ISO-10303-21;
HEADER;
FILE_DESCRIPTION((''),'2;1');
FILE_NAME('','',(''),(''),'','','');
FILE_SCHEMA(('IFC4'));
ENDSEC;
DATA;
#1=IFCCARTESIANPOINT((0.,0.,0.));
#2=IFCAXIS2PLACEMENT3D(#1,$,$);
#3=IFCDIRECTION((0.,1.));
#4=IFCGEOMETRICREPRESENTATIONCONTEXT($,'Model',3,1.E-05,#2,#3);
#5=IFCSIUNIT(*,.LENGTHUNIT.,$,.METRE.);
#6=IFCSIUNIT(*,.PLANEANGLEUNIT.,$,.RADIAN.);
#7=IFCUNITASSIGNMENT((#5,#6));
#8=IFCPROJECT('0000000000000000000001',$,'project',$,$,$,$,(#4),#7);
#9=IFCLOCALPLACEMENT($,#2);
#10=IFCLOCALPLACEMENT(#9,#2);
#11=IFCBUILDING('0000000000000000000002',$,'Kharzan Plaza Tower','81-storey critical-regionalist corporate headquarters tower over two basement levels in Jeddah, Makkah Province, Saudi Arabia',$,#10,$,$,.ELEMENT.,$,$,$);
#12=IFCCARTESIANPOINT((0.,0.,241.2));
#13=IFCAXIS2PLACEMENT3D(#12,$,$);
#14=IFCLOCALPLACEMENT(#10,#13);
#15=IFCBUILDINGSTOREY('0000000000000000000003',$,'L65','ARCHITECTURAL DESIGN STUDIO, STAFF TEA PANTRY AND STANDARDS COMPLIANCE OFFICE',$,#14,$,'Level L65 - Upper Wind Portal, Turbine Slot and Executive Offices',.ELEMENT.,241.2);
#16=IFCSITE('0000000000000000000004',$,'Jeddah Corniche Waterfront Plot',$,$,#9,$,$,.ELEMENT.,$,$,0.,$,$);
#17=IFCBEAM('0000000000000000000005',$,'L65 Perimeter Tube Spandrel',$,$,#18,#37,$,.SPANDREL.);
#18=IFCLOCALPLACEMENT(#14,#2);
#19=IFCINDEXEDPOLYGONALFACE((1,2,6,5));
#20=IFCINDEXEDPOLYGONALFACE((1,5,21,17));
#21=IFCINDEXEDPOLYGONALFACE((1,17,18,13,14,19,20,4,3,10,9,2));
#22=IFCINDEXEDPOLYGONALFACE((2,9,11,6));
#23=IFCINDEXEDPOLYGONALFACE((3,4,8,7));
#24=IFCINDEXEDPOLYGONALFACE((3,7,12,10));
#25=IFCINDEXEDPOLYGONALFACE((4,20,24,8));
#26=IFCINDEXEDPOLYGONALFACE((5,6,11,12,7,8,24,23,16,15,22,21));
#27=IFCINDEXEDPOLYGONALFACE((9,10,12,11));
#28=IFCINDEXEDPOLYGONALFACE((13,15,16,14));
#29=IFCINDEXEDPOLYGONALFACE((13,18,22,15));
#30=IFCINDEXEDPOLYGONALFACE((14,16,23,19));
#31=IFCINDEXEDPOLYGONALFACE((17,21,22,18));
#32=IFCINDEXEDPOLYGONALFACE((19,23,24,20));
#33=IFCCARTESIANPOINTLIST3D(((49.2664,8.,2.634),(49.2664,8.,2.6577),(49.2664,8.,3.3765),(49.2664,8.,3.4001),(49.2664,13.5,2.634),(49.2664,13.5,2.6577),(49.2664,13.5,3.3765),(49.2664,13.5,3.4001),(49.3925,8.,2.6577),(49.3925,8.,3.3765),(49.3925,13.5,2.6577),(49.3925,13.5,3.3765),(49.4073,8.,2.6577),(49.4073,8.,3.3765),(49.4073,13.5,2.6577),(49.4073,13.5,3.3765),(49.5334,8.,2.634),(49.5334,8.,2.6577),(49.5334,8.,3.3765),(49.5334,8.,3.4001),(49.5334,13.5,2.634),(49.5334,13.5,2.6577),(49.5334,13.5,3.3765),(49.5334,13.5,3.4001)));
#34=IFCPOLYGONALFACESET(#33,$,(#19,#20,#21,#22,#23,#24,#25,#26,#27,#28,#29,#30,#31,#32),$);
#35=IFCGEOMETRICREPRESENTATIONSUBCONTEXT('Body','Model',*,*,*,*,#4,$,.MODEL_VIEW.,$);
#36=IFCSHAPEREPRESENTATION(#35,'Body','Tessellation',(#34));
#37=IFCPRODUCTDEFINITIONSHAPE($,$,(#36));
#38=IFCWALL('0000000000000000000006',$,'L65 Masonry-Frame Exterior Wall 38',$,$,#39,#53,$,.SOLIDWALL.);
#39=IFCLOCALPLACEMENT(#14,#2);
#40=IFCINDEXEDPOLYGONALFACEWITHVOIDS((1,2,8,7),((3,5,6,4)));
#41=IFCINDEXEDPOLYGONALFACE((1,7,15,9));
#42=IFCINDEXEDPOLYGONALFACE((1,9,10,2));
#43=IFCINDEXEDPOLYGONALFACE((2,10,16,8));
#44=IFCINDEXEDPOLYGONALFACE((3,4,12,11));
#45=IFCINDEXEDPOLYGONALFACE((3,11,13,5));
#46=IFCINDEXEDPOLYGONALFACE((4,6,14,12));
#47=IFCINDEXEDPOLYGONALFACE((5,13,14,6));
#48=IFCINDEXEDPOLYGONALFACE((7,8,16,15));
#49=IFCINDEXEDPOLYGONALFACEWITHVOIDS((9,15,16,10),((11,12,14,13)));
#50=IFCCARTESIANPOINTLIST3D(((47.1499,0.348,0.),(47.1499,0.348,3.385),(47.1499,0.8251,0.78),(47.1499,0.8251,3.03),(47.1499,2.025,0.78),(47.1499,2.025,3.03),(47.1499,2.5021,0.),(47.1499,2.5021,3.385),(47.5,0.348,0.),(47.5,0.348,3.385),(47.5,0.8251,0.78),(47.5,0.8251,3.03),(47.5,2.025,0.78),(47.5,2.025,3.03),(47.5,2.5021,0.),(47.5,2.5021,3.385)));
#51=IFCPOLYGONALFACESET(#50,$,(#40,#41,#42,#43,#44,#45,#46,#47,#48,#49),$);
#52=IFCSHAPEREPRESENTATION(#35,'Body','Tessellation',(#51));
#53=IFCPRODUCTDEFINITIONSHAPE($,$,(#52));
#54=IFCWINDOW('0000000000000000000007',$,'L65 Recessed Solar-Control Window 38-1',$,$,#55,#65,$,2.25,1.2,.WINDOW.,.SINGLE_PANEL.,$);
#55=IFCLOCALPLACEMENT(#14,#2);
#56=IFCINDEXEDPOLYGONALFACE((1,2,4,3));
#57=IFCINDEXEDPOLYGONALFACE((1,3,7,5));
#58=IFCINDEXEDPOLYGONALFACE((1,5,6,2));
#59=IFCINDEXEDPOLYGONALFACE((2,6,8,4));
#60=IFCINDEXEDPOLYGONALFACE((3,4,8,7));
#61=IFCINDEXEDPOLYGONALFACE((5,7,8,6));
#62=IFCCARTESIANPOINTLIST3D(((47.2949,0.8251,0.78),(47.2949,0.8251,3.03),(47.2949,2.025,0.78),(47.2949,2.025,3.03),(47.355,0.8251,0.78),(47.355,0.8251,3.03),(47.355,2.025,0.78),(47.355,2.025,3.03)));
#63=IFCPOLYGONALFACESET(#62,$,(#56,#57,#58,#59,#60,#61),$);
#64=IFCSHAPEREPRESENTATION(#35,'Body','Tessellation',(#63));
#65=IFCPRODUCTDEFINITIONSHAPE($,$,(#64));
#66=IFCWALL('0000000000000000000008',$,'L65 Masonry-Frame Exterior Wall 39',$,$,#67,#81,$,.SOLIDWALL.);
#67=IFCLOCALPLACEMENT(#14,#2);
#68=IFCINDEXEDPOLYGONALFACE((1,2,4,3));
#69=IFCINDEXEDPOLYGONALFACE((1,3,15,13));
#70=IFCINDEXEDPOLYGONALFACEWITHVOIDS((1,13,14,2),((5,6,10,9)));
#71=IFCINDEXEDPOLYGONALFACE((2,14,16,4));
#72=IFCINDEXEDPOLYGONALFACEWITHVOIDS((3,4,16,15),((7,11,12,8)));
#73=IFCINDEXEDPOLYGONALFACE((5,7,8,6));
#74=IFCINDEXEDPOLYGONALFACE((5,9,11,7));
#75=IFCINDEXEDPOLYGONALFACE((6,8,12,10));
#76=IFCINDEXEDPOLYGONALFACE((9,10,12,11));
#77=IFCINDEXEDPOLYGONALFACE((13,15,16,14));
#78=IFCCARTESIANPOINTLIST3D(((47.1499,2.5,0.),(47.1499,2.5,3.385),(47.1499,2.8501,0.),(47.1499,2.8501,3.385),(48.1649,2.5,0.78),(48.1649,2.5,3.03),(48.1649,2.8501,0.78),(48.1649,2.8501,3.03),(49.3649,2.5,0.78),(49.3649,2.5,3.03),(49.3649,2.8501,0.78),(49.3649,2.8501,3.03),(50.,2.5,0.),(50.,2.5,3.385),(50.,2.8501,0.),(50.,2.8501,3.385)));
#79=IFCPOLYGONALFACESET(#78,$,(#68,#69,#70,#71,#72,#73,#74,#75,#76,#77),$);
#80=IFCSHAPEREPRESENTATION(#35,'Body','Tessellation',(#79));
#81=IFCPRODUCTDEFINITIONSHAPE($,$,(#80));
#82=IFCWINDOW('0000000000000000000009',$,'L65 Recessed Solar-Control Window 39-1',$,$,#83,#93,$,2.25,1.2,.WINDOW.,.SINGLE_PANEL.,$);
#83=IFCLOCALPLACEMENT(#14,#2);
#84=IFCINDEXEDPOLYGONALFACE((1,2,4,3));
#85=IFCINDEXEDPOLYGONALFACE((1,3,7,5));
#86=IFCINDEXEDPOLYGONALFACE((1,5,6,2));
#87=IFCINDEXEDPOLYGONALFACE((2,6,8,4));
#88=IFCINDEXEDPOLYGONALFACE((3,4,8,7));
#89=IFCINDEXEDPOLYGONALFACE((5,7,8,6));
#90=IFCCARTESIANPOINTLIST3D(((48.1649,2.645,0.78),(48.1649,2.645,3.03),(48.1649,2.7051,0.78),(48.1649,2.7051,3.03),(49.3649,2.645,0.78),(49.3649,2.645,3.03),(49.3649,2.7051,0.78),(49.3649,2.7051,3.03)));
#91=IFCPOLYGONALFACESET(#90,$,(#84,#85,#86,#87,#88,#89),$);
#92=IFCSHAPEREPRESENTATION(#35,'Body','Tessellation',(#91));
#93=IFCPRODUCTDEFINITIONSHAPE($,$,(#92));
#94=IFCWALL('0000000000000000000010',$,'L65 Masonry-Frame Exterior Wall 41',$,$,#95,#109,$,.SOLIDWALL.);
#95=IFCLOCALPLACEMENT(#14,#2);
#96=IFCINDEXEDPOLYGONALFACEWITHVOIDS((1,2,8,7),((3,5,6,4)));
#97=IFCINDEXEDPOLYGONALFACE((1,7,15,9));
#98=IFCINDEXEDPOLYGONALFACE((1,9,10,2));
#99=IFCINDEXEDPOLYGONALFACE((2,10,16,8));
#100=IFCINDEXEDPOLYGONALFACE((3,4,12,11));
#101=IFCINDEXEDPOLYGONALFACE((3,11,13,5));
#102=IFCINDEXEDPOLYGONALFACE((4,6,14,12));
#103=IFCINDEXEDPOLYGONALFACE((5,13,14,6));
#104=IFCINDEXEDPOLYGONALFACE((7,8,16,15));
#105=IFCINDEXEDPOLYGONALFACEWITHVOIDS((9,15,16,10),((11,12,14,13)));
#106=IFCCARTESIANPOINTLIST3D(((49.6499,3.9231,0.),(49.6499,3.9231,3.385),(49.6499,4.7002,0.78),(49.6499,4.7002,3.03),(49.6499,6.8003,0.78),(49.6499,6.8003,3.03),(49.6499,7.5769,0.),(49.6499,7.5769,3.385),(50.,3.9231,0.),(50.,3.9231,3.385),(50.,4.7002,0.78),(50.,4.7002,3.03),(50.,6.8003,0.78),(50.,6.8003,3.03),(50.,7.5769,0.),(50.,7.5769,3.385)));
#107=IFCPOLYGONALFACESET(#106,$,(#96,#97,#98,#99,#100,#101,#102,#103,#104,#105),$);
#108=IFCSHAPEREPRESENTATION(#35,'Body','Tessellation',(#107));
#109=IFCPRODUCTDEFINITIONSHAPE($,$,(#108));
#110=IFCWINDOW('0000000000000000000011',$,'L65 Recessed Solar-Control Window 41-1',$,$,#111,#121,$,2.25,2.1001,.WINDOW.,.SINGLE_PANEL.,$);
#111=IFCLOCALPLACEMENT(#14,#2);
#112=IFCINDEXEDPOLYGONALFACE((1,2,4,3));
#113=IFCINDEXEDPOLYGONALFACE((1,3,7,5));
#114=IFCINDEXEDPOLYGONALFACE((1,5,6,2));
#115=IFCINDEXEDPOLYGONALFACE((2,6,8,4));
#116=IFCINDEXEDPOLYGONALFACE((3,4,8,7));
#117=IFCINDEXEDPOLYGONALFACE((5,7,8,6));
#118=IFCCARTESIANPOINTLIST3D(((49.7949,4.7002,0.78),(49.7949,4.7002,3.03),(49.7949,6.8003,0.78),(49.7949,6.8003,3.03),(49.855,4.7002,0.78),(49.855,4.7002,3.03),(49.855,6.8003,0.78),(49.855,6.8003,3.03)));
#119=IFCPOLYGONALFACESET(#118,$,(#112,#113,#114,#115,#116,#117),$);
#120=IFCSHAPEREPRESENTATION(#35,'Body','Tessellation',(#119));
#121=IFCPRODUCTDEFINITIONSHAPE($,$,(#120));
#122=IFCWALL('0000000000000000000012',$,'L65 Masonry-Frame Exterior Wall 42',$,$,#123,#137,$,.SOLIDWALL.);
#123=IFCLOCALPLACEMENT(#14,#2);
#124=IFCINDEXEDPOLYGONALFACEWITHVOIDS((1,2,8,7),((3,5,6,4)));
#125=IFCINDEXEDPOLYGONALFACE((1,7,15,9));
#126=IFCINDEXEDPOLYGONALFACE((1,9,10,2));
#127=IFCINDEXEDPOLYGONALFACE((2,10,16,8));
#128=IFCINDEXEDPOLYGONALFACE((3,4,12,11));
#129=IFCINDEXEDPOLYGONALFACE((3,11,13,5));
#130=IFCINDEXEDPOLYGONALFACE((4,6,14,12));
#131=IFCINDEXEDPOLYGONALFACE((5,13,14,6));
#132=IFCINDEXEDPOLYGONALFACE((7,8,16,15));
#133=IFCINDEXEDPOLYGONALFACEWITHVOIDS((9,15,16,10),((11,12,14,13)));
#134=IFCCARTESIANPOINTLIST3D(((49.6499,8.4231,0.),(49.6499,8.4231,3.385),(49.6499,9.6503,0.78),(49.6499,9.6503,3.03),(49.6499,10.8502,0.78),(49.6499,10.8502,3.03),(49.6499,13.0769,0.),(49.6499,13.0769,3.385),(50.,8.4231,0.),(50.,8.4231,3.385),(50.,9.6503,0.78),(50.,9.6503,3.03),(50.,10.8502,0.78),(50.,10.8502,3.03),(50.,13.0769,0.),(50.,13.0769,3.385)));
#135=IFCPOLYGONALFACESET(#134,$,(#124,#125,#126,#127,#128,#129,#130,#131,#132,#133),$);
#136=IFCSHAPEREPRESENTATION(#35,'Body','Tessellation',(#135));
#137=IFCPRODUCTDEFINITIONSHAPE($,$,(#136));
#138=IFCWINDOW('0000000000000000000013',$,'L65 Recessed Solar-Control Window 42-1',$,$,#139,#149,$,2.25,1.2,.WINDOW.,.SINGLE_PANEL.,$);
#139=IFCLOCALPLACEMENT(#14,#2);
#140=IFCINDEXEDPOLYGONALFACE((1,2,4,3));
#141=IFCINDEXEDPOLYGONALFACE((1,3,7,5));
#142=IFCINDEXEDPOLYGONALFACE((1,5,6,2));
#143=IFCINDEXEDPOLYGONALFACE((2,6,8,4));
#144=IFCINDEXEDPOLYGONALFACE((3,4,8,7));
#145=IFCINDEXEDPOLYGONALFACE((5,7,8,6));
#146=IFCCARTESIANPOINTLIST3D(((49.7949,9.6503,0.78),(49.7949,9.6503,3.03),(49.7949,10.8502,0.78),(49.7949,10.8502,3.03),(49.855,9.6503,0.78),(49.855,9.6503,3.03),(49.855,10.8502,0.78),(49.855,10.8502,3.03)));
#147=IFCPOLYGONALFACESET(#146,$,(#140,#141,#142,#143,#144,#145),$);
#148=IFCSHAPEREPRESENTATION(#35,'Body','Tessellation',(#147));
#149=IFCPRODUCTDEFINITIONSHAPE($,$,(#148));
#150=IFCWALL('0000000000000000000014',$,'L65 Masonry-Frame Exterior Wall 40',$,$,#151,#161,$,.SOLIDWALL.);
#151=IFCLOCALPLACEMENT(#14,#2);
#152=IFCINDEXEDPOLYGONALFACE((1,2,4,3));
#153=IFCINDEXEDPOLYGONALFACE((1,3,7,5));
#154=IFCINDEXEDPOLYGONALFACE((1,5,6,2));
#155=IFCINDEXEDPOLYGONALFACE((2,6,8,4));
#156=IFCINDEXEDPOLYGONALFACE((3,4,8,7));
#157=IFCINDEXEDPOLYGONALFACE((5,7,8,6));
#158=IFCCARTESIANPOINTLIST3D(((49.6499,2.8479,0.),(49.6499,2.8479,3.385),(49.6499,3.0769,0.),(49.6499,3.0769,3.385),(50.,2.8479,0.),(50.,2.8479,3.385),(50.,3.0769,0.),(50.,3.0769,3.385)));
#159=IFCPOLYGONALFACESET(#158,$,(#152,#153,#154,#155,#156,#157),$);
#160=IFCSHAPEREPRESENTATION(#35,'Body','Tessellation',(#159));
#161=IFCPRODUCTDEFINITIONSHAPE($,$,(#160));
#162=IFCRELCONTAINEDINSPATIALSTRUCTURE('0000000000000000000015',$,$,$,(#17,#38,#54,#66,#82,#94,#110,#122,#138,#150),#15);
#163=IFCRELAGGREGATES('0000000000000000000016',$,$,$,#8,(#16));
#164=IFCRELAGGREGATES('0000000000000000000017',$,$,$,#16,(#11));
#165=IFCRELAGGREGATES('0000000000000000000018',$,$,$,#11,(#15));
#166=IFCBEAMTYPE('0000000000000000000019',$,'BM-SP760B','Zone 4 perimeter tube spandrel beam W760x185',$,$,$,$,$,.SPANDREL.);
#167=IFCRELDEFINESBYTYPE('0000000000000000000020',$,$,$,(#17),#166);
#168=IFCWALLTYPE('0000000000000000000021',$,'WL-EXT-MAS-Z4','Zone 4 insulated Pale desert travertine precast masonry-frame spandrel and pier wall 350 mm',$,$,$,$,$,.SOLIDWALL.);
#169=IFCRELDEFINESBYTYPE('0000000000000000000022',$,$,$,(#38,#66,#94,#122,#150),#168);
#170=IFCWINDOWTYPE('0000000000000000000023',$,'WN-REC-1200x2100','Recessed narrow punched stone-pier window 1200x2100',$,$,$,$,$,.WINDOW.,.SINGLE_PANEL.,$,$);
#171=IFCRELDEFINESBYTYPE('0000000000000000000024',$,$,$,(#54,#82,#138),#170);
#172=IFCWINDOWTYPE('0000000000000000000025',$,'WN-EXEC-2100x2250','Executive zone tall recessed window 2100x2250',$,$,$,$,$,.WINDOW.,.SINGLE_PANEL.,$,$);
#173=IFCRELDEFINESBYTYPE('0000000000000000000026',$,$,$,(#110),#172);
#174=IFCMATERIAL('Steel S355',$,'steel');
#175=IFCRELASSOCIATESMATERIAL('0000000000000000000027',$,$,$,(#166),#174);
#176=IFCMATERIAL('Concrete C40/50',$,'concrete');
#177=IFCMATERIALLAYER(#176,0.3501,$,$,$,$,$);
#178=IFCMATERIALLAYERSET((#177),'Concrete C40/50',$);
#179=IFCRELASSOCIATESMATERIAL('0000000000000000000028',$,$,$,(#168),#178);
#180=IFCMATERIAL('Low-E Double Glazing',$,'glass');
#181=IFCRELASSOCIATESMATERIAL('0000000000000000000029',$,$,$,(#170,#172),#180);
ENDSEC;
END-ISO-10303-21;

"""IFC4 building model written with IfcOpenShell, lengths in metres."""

from ifc_helpers import new_model, si_unit, direction, frame, frame_2d, origin, origin_2d, place, context, subcontext, project, spatial, rectangle, i_section, extrude, source, transform, mapped, material, layer, layer_set, material_profile, profile_set, type_object, element, fill, save


model = new_model("IFC4")

# Units and contexts
model_context = context("Model", 3, precision=1e-05, world=origin(), true_north=direction((0.0, 1.0)))
body_context = subcontext(model_context, "Body", "Model", "MODEL_VIEW")
ifc_project = project(units=[si_unit("LENGTHUNIT", "METRE"), si_unit("PLANEANGLEUNIT", "RADIAN")], contexts=[model_context])

# Site, building, storey
site_placement = place(None, origin())
site = spatial("IfcSite", under=ifc_project, at=site_placement, Name="Jeddah Corniche Waterfront Plot", CompositionType="ELEMENT", RefElevation=0.0)
building_placement = place(site_placement, origin())
building = spatial("IfcBuilding", under=site, at=building_placement, Name="Kharzan Plaza Tower", Description="81-storey critical-regionalist corporate headquarters tower over two basement levels in Jeddah, Makkah Province, Saudi Arabia", CompositionType="ELEMENT")
storey_placement = place(building_placement, frame((0.0, 0.0, 241.2)))
storey = spatial("IfcBuildingStorey", under=building, at=storey_placement, Name="L65", Description="ARCHITECTURAL DESIGN STUDIO, STAFF TEA PANTRY AND STANDARDS COMPLIANCE OFFICE", LongName="Level L65 - Upper Wind Portal, Turbine Slot and Executive Offices", CompositionType="ELEMENT", Elevation=241.2)

# Beam
ifc_material_1 = material(Name="Steel S355", Category="steel")
ifc_material_profile_1 = material_profile(ifc_material_1, i_section(OverallWidth=0.2671, OverallDepth=0.7661, WebThickness=0.0149, FlangeThickness=0.0237, at=origin_2d()), Name="W760x185")
ifc_profile_set_1 = profile_set([ifc_material_profile_1], Name="Steel S355")
beam_type_1 = type_object("IfcBeamType", Name="BM-SP760B", Description="Zone 4 perimeter tube spandrel beam W760x185", PredefinedType="SPANDREL", material=ifc_profile_set_1)
shared_shape_1 = source(origin(), body_context, "Body", "SweptSolid", [
    extrude(i_section(OverallWidth=0.2671, OverallDepth=0.7661, WebThickness=0.0149, FlangeThickness=0.0237, at=origin_2d()), origin(), (0.0, 0.0, 1.0), 5.5),
])
beam_1_placement = place(storey_placement, frame((49.3999, 8.0, 3.0171), z_axis=(0.0, 1.0, 0.0), x_axis=(-1.0, 0.0, 0.0)))
element("IfcBeam", 1, at=beam_1_placement, inside=storey, type_object=beam_type_1, Name="L65 Perimeter Tube Spandrel", PredefinedType="SPANDREL", context=body_context, shape_type="MappedRepresentation", body=[
    mapped(shared_shape_1, transform((0.0, 0.0, 0.0), x_axis=(1.0, 0.0, 0.0), y_axis=(0.0, 1.0, 0.0), z_axis=(0.0, 0.0, 1.0))),
])

# Walls, openings, windows
ifc_material_2 = material(Name="Concrete C40/50", Category="concrete")
ifc_layer_1 = layer(ifc_material_2, 0.3501)
ifc_layer_set_1 = layer_set([ifc_layer_1], Name="Concrete C40/50")
wall_type_1 = type_object("IfcWallType", Name="WL-EXT-MAS-Z4", Description="Zone 4 insulated Pale desert travertine precast masonry-frame spandrel and pier wall 350 mm", PredefinedType="SOLIDWALL", material=ifc_layer_set_1)
wall_1_placement = place(storey_placement, frame((47.325, 0.3479, 0.0), z_axis=(0.0, 0.0, 1.0), x_axis=(0.0, 1.0, 0.0)))
wall_1 = element("IfcWall", 2, at=wall_1_placement, inside=storey, type_object=wall_type_1, Name="L65 Masonry-Frame Exterior Wall 38", PredefinedType="SOLIDWALL", context=body_context, shape_type="SweptSolid", body=[
    extrude(rectangle(XDim=2.1541, YDim=0.3501, at=frame_2d((1.0771, 0.0))), origin(), (0.0, 0.0, 1.0), 3.385),
])
opening_1_placement = place(wall_1_placement, frame((0.4771, 0.0, 0.78)))
opening_1 = element("IfcOpeningElement", 3, at=opening_1_placement, cuts=wall_1, PredefinedType="OPENING", context=body_context, shape_type="SweptSolid", body=[
    extrude(rectangle(XDim=1.2, YDim=2.25, at=frame_2d((0.6001, 1.125))), frame((0.0, 0.1851, 0.0), z_axis=(0.0, -1.0, 0.0), x_axis=(1.0, 0.0, 0.0)), (0.0, 0.0, 1.0), 0.3701),
])
ifc_material_3 = material(Name="Low-E Double Glazing", Category="glass")
window_type_1 = type_object("IfcWindowType", Name="WN-REC-1200x2100", Description="Recessed narrow punched stone-pier window 1200x2100", PartitioningType="SINGLE_PANEL", PredefinedType="WINDOW", material=ifc_material_3)
shared_shape_2 = source(origin(), body_context, "Body", "SweptSolid", [
    extrude(rectangle(XDim=1.2, YDim=2.25, at=frame_2d((0.6001, 1.125))), frame((0.0, 0.03, 0.0), z_axis=(0.0, -1.0, 0.0), x_axis=(1.0, 0.0, 0.0)), (0.0, 0.0, 1.0), 0.0601),
])
window_1_placement = place(opening_1_placement, origin())
window_1 = element("IfcWindow", 4, at=window_1_placement, inside=storey, type_object=window_type_1, Name="L65 Recessed Solar-Control Window 38-1", OverallHeight=2.25, OverallWidth=1.2, PartitioningType="SINGLE_PANEL", PredefinedType="WINDOW", context=body_context, shape_type="MappedRepresentation", body=[
    mapped(shared_shape_2, transform((0.0, 0.0, 0.0), x_axis=(1.0, 0.0, 0.0), y_axis=(0.0, 1.0, 0.0), z_axis=(0.0, 0.0, 1.0))),
])
fill(opening_1, window_1)
wall_2_placement = place(storey_placement, frame((47.1499, 2.675, 0.0), z_axis=(0.0, 0.0, 1.0), x_axis=(1.0, 0.0, 0.0)))
wall_2 = element("IfcWall", 5, at=wall_2_placement, inside=storey, type_object=wall_type_1, Name="L65 Masonry-Frame Exterior Wall 39", PredefinedType="SOLIDWALL", context=body_context, shape_type="SweptSolid", body=[
    extrude(rectangle(XDim=2.8501, YDim=0.3501, at=frame_2d((1.425, 0.0))), origin(), (0.0, 0.0, 1.0), 3.385),
])
opening_2_placement = place(wall_2_placement, frame((1.0149, 0.0, 0.78)))
opening_2 = element("IfcOpeningElement", 6, at=opening_2_placement, cuts=wall_2, PredefinedType="OPENING", context=body_context, shape_type="SweptSolid", body=[
    extrude(rectangle(XDim=1.2, YDim=2.25, at=frame_2d((0.6001, 1.125))), frame((0.0, 0.1851, 0.0), z_axis=(0.0, -1.0, 0.0), x_axis=(1.0, 0.0, 0.0)), (0.0, 0.0, 1.0), 0.3701),
])
window_2_placement = place(opening_2_placement, origin())
window_2 = element("IfcWindow", 7, at=window_2_placement, inside=storey, type_object=window_type_1, Name="L65 Recessed Solar-Control Window 39-1", OverallHeight=2.25, OverallWidth=1.2, PartitioningType="SINGLE_PANEL", PredefinedType="WINDOW", context=body_context, shape_type="MappedRepresentation", body=[
    mapped(shared_shape_2, transform((0.0, 0.0, 0.0), x_axis=(1.0, 0.0, 0.0), y_axis=(0.0, 1.0, 0.0), z_axis=(0.0, 0.0, 1.0))),
])
fill(opening_2, window_2)
wall_3_placement = place(storey_placement, frame((49.825, 3.9231, 0.0), z_axis=(0.0, 0.0, 1.0), x_axis=(0.0, 1.0, 0.0)))
wall_3 = element("IfcWall", 8, at=wall_3_placement, inside=storey, type_object=wall_type_1, Name="L65 Masonry-Frame Exterior Wall 41", PredefinedType="SOLIDWALL", context=body_context, shape_type="SweptSolid", body=[
    extrude(rectangle(XDim=3.6538, YDim=0.3501, at=frame_2d((1.8269, 0.0))), origin(), (0.0, 0.0, 1.0), 3.385),
])
opening_3_placement = place(wall_3_placement, frame((0.7771, 0.0, 0.78)))
opening_3 = element("IfcOpeningElement", 9, at=opening_3_placement, cuts=wall_3, PredefinedType="OPENING", context=body_context, shape_type="SweptSolid", body=[
    extrude(rectangle(XDim=2.1001, YDim=2.25, at=frame_2d((1.05, 1.125))), frame((0.0, 0.1851, 0.0), z_axis=(0.0, -1.0, 0.0), x_axis=(1.0, 0.0, 0.0)), (0.0, 0.0, 1.0), 0.3701),
])
window_type_2 = type_object("IfcWindowType", Name="WN-EXEC-2100x2250", Description="Executive zone tall recessed window 2100x2250", PartitioningType="SINGLE_PANEL", PredefinedType="WINDOW", material=ifc_material_3)
shared_shape_3 = source(origin(), body_context, "Body", "SweptSolid", [
    extrude(rectangle(XDim=2.1001, YDim=2.25, at=frame_2d((1.05, 1.125))), frame((0.0, 0.03, 0.0), z_axis=(0.0, -1.0, 0.0), x_axis=(1.0, 0.0, 0.0)), (0.0, 0.0, 1.0), 0.0601),
])
window_3_placement = place(opening_3_placement, origin())
window_3 = element("IfcWindow", 10, at=window_3_placement, inside=storey, type_object=window_type_2, Name="L65 Recessed Solar-Control Window 41-1", OverallHeight=2.25, OverallWidth=2.1001, PartitioningType="SINGLE_PANEL", PredefinedType="WINDOW", context=body_context, shape_type="MappedRepresentation", body=[
    mapped(shared_shape_3, transform((0.0, 0.0, 0.0), x_axis=(1.0, 0.0, 0.0), y_axis=(0.0, 1.0, 0.0), z_axis=(0.0, 0.0, 1.0))),
])
fill(opening_3, window_3)
wall_4_placement = place(storey_placement, frame((49.825, 8.4231, 0.0), z_axis=(0.0, 0.0, 1.0), x_axis=(0.0, 1.0, 0.0)))
wall_4 = element("IfcWall", 11, at=wall_4_placement, inside=storey, type_object=wall_type_1, Name="L65 Masonry-Frame Exterior Wall 42", PredefinedType="SOLIDWALL", context=body_context, shape_type="SweptSolid", body=[
    extrude(rectangle(XDim=4.6538, YDim=0.3501, at=frame_2d((2.3269, 0.0))), origin(), (0.0, 0.0, 1.0), 3.385),
])
opening_4_placement = place(wall_4_placement, frame((1.2271, 0.0, 0.78)))
opening_4 = element("IfcOpeningElement", 12, at=opening_4_placement, cuts=wall_4, PredefinedType="OPENING", context=body_context, shape_type="SweptSolid", body=[
    extrude(rectangle(XDim=1.2, YDim=2.25, at=frame_2d((0.6001, 1.125))), frame((0.0, 0.1851, 0.0), z_axis=(0.0, -1.0, 0.0), x_axis=(1.0, 0.0, 0.0)), (0.0, 0.0, 1.0), 0.3701),
])
window_4_placement = place(opening_4_placement, origin())
window_4 = element("IfcWindow", 13, at=window_4_placement, inside=storey, type_object=window_type_1, Name="L65 Recessed Solar-Control Window 42-1", OverallHeight=2.25, OverallWidth=1.2, PartitioningType="SINGLE_PANEL", PredefinedType="WINDOW", context=body_context, shape_type="MappedRepresentation", body=[
    mapped(shared_shape_2, transform((0.0, 0.0, 0.0), x_axis=(1.0, 0.0, 0.0), y_axis=(0.0, 1.0, 0.0), z_axis=(0.0, 0.0, 1.0))),
])
fill(opening_4, window_4)

# Wall
shared_shape_4 = source(origin(), body_context, "Body", "SweptSolid", [
    extrude(rectangle(XDim=0.229, YDim=0.3501, at=frame_2d((0.1145, 0.0))), origin(), (0.0, 0.0, 1.0), 3.385),
])
wall_5_placement = place(storey_placement, frame((49.825, 2.8479, 0.0), z_axis=(0.0, 0.0, 1.0), x_axis=(0.0, 1.0, 0.0)))
element("IfcWall", 14, at=wall_5_placement, inside=storey, type_object=wall_type_1, Name="L65 Masonry-Frame Exterior Wall 40", PredefinedType="SOLIDWALL", context=body_context, shape_type="MappedRepresentation", body=[
    mapped(shared_shape_4, transform((0.0, 0.0, 0.0), x_axis=(1.0, 0.0, 0.0), y_axis=(0.0, 1.0, 0.0), z_axis=(0.0, 0.0, 1.0))),
])

save(model, "model.ifc")
